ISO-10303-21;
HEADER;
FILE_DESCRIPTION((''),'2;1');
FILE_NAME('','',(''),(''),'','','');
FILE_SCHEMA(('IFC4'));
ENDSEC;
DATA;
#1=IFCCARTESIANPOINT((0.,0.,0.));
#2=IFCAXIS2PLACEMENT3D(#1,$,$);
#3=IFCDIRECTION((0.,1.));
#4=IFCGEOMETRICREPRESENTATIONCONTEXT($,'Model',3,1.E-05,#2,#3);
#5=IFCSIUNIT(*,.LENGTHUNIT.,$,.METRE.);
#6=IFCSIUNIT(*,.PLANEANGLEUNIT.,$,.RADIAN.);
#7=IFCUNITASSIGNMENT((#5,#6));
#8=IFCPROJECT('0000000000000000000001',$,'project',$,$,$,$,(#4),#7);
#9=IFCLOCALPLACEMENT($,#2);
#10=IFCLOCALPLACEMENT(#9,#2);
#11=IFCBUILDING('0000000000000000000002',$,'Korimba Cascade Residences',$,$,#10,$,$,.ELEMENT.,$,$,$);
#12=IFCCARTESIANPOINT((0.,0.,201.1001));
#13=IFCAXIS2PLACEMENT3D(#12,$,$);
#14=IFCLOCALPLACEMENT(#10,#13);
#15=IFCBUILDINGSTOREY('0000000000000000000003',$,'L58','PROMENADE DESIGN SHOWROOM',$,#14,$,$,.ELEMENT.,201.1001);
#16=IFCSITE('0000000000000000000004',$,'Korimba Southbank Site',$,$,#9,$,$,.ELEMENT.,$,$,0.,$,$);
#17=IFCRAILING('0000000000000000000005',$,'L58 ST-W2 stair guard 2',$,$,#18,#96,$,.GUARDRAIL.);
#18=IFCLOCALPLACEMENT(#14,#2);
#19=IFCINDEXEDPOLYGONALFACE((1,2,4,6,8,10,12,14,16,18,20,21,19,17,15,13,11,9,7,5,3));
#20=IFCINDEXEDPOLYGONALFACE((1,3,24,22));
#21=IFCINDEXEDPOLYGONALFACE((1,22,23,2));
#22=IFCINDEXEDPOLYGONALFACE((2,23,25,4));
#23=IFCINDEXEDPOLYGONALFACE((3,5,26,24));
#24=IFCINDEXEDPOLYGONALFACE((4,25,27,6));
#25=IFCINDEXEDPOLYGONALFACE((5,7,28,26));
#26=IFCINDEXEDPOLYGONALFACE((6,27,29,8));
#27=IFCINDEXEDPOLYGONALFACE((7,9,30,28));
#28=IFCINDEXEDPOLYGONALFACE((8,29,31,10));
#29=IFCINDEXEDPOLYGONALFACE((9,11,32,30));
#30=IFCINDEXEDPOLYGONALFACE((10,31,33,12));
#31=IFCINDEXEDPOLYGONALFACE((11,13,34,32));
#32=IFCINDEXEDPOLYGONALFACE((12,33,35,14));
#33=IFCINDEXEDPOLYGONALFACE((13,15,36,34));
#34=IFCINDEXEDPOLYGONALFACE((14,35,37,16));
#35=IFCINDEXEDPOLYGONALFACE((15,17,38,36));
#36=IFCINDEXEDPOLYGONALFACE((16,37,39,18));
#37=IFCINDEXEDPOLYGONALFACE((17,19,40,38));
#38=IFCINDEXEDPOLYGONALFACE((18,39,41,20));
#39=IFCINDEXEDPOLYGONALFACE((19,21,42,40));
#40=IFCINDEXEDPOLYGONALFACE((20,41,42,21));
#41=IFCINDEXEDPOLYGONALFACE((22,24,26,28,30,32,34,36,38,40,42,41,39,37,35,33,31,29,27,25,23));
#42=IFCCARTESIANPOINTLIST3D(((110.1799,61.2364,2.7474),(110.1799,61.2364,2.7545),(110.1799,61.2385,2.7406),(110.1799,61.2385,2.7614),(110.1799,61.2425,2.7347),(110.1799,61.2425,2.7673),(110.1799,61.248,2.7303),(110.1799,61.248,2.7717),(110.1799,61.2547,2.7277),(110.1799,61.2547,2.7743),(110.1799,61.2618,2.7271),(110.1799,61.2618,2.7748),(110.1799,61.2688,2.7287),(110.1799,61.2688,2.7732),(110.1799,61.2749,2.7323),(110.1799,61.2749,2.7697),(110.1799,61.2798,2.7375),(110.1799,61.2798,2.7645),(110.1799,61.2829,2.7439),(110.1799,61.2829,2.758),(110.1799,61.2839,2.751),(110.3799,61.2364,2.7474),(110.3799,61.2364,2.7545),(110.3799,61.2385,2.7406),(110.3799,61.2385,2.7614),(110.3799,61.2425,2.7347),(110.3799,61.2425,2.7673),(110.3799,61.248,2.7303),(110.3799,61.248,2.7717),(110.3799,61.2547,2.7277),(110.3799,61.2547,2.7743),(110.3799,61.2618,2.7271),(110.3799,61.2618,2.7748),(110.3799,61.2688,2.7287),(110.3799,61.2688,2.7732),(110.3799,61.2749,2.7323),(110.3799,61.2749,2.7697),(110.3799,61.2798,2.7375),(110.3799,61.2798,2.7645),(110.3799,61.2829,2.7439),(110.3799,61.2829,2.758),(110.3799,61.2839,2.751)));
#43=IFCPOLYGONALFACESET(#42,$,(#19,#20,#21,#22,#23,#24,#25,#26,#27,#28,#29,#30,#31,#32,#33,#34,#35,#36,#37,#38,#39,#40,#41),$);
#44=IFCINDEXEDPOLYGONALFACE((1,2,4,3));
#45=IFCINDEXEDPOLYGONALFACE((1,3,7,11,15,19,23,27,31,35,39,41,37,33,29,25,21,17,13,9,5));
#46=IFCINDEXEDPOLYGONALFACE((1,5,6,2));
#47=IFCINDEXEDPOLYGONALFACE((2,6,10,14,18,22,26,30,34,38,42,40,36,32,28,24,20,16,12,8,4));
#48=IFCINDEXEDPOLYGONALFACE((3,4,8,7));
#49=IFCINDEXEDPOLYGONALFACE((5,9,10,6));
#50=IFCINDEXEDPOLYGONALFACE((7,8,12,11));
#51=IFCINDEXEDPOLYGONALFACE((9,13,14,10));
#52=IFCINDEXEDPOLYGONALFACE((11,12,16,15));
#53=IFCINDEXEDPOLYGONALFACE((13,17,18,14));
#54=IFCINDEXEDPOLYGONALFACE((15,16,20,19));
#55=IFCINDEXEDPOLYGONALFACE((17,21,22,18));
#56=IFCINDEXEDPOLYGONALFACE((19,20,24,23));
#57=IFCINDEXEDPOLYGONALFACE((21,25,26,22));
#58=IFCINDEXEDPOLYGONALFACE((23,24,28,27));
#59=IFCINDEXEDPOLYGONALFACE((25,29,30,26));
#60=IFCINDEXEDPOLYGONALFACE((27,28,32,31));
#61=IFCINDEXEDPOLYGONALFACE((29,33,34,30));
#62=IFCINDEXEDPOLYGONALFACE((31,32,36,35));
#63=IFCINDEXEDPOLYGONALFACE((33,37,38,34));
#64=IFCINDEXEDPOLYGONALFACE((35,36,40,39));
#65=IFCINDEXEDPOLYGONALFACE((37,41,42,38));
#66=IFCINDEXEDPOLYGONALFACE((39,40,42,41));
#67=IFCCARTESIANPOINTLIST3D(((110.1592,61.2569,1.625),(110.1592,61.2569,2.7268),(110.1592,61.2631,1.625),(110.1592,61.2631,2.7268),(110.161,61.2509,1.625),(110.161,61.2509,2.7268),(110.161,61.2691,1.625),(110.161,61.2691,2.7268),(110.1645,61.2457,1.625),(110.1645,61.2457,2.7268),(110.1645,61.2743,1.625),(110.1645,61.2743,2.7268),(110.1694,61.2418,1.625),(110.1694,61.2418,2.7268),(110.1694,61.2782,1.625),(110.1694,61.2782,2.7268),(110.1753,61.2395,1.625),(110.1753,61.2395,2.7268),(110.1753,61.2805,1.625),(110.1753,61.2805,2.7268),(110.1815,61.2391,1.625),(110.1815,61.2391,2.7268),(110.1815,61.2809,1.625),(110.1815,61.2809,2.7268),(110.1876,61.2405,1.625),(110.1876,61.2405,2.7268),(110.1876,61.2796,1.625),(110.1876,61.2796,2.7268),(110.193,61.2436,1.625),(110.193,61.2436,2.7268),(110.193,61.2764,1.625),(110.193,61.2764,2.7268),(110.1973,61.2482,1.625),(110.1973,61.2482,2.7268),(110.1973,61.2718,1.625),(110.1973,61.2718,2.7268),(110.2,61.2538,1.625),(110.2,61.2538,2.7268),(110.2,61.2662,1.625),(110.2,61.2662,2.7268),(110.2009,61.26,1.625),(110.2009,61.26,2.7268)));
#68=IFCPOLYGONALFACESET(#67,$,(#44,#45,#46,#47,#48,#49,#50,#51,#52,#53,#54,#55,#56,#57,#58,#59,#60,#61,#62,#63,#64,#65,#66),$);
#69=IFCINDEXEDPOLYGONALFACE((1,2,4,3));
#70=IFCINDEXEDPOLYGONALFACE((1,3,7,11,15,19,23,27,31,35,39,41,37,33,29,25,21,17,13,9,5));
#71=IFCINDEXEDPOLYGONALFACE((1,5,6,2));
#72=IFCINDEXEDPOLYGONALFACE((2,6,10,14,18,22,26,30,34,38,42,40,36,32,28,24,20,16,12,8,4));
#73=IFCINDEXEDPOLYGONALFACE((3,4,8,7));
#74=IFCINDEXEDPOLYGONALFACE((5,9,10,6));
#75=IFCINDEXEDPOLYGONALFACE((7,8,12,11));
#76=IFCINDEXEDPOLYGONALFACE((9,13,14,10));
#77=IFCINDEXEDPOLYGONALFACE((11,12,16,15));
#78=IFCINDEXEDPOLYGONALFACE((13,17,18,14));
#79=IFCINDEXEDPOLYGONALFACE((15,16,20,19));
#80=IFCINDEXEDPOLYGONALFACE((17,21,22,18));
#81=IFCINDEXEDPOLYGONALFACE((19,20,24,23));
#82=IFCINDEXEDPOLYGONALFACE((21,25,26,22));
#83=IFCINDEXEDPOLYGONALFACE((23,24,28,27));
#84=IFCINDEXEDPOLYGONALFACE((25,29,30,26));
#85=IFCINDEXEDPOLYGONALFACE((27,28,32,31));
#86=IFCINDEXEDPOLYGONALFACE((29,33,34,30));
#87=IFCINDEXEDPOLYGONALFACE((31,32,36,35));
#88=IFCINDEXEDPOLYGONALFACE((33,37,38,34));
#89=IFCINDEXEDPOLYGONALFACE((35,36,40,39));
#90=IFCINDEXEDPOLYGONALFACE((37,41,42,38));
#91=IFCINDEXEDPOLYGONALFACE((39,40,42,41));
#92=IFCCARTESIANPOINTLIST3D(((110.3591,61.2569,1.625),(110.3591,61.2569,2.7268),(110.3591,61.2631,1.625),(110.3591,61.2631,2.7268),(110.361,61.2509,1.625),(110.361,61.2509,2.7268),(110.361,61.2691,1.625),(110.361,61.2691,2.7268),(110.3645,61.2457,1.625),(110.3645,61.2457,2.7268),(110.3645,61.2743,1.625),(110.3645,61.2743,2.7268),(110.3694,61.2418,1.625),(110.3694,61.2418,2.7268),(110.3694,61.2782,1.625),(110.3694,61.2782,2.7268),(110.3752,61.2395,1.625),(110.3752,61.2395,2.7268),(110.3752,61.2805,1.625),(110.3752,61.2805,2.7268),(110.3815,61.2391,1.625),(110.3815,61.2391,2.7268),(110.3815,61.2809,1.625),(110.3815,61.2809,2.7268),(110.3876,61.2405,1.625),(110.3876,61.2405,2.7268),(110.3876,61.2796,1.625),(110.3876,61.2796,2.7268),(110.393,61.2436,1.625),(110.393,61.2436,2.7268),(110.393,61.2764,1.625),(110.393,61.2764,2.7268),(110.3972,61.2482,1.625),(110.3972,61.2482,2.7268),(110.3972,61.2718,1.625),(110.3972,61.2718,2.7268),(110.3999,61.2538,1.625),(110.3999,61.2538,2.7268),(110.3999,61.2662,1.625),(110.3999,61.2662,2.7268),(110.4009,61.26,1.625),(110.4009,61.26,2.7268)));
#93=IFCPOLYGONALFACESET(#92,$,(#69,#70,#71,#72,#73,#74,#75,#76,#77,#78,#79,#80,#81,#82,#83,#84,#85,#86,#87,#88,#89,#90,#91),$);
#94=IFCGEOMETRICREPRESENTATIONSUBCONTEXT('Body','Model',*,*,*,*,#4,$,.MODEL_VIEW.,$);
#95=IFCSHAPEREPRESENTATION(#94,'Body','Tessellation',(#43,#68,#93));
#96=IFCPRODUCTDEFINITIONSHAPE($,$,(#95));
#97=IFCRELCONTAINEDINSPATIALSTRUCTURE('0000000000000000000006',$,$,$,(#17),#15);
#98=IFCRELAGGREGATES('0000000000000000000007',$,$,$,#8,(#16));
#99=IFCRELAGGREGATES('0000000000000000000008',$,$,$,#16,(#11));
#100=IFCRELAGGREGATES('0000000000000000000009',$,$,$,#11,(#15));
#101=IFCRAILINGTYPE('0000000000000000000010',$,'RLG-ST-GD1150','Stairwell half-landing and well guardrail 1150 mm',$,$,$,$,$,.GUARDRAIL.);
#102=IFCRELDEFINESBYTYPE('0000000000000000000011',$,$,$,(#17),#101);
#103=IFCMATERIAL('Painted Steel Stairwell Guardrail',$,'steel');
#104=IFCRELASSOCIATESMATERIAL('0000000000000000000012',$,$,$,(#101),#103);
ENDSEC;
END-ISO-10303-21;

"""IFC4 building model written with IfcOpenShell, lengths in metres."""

from ifc_helpers import new_model, si_unit, direction, frame, origin, origin_2d, place, context, subcontext, project, spatial, circle, extrude, material, type_object, element, save


model = new_model("IFC4")

# Units and contexts
model_context = context("Model", 3, precision=1e-05, world=origin(), true_north=direction((0.0, 1.0)))
body_context = subcontext(model_context, "Body", "Model", "MODEL_VIEW")
ifc_project = project(units=[si_unit("LENGTHUNIT", "METRE"), si_unit("PLANEANGLEUNIT", "RADIAN")], contexts=[model_context])

# Site, building, storey
site_placement = place(None, origin())
site = spatial("IfcSite", under=ifc_project, at=site_placement, Name="Korimba Southbank Site", CompositionType="ELEMENT", RefElevation=0.0)
building_placement = place(site_placement, origin())
building = spatial("IfcBuilding", under=site, at=building_placement, Name="Korimba Cascade Residences", CompositionType="ELEMENT")
storey_placement = place(building_placement, frame((0.0, 0.0, 201.1001)))
storey = spatial("IfcBuildingStorey", under=building, at=storey_placement, Name="L58", Description="PROMENADE DESIGN SHOWROOM", CompositionType="ELEMENT", Elevation=201.1001)

# Railing
ifc_material_1 = material(Name="Painted Steel Stairwell Guardrail", Category="steel")
railing_type_1 = type_object("IfcRailingType", Name="RLG-ST-GD1150", Description="Stairwell half-landing and well guardrail 1150 mm", PredefinedType="GUARDRAIL", material=ifc_material_1)
railing_1_placement = place(storey_placement, frame((110.1799, 61.26, 1.625)))
element("IfcRailing", 1, at=railing_1_placement, inside=storey, type_object=railing_type_1, Name="L58 ST-W2 stair guard 2", PredefinedType="GUARDRAIL", context=body_context, shape_type="SweptSolid", body=[
    extrude(circle(Radius=0.0239, at=origin_2d()), frame((0.0, 0.0, 1.126), z_axis=(1.0, 0.0, 0.0), x_axis=(0.0, 1.0, 0.0)), (0.0, 0.0, 1.0), 0.2),
    extrude(circle(Radius=0.021, at=origin_2d()), origin(), (0.0, 0.0, 1.0), 1.1018),
    extrude(circle(Radius=0.021, at=origin_2d()), frame((0.2, 0.0, 0.0)), (0.0, 0.0, 1.0), 1.1018),
])

save(model, "model.ifc")
